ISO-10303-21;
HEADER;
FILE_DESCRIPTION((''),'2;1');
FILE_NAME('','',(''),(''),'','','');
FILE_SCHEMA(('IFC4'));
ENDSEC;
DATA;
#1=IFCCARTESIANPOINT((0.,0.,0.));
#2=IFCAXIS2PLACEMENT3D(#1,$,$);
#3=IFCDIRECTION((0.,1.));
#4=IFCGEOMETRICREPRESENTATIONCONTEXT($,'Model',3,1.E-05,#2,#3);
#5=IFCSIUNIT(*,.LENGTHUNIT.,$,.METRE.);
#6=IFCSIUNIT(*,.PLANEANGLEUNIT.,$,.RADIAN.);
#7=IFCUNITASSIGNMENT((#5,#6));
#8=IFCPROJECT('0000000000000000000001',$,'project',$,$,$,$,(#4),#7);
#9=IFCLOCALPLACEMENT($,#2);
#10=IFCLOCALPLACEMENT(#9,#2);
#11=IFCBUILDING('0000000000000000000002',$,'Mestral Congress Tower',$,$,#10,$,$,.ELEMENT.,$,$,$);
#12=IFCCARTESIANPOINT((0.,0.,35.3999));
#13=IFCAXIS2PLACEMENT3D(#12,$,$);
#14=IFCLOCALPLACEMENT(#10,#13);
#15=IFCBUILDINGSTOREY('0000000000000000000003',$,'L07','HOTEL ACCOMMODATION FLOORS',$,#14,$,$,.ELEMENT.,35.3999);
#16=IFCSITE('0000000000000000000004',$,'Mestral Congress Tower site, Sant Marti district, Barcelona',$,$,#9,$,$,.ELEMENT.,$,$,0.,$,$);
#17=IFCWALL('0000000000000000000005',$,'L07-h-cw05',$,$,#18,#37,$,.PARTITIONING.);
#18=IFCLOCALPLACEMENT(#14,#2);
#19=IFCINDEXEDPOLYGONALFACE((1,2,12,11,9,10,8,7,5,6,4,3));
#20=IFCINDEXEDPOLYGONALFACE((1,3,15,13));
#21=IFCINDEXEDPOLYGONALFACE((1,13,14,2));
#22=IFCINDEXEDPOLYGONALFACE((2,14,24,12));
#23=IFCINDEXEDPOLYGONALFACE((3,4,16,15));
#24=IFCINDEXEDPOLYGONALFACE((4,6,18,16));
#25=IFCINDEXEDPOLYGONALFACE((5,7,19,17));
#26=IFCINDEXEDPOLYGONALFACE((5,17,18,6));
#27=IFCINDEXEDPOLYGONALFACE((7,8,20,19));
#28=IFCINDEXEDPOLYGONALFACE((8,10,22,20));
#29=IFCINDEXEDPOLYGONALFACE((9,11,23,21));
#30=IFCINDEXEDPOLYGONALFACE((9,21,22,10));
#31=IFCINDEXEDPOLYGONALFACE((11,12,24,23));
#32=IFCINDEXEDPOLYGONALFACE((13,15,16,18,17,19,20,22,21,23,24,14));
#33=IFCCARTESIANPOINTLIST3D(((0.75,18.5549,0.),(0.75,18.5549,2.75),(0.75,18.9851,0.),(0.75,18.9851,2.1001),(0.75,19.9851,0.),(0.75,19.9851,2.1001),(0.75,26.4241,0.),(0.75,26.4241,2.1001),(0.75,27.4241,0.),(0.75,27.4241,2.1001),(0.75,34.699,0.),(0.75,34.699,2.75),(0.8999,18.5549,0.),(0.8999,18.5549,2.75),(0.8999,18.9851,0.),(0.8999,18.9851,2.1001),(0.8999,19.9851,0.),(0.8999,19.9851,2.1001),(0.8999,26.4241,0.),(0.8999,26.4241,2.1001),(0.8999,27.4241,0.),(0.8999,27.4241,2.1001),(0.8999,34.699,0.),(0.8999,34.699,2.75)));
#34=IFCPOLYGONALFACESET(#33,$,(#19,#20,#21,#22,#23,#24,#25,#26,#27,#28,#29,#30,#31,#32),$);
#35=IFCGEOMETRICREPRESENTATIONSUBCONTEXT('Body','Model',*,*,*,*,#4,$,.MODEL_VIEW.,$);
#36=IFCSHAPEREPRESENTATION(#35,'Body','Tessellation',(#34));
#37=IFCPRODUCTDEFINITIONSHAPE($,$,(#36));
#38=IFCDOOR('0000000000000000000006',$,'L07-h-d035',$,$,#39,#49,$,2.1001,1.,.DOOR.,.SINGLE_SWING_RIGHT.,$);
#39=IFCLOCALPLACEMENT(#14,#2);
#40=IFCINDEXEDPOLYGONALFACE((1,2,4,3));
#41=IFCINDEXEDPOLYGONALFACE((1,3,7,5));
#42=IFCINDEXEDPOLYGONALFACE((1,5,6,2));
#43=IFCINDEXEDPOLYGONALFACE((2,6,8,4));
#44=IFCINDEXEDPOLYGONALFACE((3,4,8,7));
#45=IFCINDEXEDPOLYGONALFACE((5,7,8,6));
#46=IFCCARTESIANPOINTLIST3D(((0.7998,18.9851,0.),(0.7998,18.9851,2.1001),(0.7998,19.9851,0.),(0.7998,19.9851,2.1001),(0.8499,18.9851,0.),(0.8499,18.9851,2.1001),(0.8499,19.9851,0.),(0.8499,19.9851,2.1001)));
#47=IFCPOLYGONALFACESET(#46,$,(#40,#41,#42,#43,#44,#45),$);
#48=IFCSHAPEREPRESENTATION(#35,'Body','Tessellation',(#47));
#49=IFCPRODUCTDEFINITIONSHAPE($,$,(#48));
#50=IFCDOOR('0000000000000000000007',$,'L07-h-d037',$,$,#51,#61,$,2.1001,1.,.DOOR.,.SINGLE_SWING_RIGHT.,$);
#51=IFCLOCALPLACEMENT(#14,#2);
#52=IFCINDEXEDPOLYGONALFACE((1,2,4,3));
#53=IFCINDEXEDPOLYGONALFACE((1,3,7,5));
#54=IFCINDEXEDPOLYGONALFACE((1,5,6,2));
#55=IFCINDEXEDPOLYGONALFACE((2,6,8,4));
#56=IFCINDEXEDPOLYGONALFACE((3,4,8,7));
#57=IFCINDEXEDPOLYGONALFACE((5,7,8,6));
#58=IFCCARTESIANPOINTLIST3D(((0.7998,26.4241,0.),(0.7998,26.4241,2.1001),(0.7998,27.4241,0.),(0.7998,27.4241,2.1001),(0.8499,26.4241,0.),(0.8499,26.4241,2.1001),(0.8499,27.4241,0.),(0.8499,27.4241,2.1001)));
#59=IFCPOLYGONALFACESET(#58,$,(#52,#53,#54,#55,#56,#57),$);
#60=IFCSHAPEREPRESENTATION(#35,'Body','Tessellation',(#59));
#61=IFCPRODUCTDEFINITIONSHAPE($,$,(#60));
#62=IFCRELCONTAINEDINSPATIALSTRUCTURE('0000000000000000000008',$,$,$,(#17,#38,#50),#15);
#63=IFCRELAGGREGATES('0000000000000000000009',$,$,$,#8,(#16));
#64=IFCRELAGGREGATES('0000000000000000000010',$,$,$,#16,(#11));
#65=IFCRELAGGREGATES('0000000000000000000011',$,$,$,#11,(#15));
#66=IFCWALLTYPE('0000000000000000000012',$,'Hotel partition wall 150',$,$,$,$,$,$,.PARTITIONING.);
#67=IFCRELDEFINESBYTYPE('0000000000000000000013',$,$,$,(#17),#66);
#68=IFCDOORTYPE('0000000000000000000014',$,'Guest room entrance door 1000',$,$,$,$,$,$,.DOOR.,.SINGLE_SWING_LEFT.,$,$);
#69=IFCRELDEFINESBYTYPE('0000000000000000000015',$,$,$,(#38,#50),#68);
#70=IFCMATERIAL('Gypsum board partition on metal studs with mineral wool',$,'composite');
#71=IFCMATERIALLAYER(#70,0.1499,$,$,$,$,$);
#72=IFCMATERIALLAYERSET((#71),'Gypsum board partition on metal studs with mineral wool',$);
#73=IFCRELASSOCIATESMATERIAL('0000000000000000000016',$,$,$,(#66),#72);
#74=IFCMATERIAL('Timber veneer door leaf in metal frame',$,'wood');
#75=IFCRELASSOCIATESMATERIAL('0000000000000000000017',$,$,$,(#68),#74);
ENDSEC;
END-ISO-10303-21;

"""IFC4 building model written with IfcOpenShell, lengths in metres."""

from ifc_helpers import new_model, si_unit, direction, frame, frame_2d, origin, place, context, subcontext, project, spatial, rectangle, extrude, material, layer, layer_set, type_object, element, fill, save


model = new_model("IFC4")

# Units and contexts
model_context = context("Model", 3, precision=1e-05, world=origin(), true_north=direction((0.0, 1.0)))
body_context = subcontext(model_context, "Body", "Model", "MODEL_VIEW")
ifc_project = project(units=[si_unit("LENGTHUNIT", "METRE"), si_unit("PLANEANGLEUNIT", "RADIAN")], contexts=[model_context])

# Site, building, storey
site_placement = place(None, origin())
site = spatial("IfcSite", under=ifc_project, at=site_placement, Name="Mestral Congress Tower site, Sant Marti district, Barcelona", CompositionType="ELEMENT", RefElevation=0.0)
building_placement = place(site_placement, origin())
building = spatial("IfcBuilding", under=site, at=building_placement, Name="Mestral Congress Tower", CompositionType="ELEMENT")
storey_placement = place(building_placement, frame((0.0, 0.0, 35.3999)))
storey = spatial("IfcBuildingStorey", under=building, at=storey_placement, Name="L07", Description="HOTEL ACCOMMODATION FLOORS", CompositionType="ELEMENT", Elevation=35.3999)

# Shared definitions
ifc_material_1 = material(Name="Gypsum board partition on metal studs with mineral wool", Category="composite")

# Wall, openings, doors
ifc_layer_1 = layer(ifc_material_1, 0.1499)
ifc_layer_set_1 = layer_set([ifc_layer_1], Name="Gypsum board partition on metal studs with mineral wool")
wall_type_1 = type_object("IfcWallType", Name="Hotel partition wall 150", PredefinedType="PARTITIONING", material=ifc_layer_set_1)
wall_1_placement = place(storey_placement, frame((0.825, 34.699, 0.0), z_axis=(0.0, 0.0, 1.0), x_axis=(0.0, -1.0, 0.0)))
wall_1 = element("IfcWall", 1, at=wall_1_placement, inside=storey, type_object=wall_type_1, Name="L07-h-cw05", PredefinedType="PARTITIONING", context=body_context, shape_type="SweptSolid", body=[
    extrude(rectangle(XDim=16.144, YDim=0.1499, at=frame_2d((8.072, 0.0))), origin(), (0.0, 0.0, 1.0), 2.75),
])
opening_1_placement = place(wall_1_placement, frame((14.7139, 0.0, 0.0)))
opening_1 = element("IfcOpeningElement", 2, at=opening_1_placement, cuts=wall_1, PredefinedType="OPENING", context=body_context, shape_type="SweptSolid", body=[
    extrude(rectangle(XDim=1.0, YDim=2.1001, at=frame_2d((0.5, 1.05))), frame((0.0, 0.085, 0.0), z_axis=(0.0, -1.0, 0.0), x_axis=(1.0, 0.0, 0.0)), (0.0, 0.0, 1.0), 0.1699),
])
opening_2_placement = place(wall_1_placement, frame((7.2749, 0.0, 0.0)))
opening_2 = element("IfcOpeningElement", 3, at=opening_2_placement, cuts=wall_1, PredefinedType="OPENING", context=body_context, shape_type="SweptSolid", body=[
    extrude(rectangle(XDim=1.0, YDim=2.1001, at=frame_2d((0.5, 1.05))), frame((0.0, 0.085, 0.0), z_axis=(0.0, -1.0, 0.0), x_axis=(1.0, 0.0, 0.0)), (0.0, 0.0, 1.0), 0.1699),
])
ifc_material_2 = material(Name="Timber veneer door leaf in metal frame", Category="wood")
door_type_1 = type_object("IfcDoorType", Name="Guest room entrance door 1000", OperationType="SINGLE_SWING_LEFT", PredefinedType="DOOR", material=ifc_material_2)
door_1_placement = place(opening_1_placement, origin())
door_1 = element("IfcDoor", 4, at=door_1_placement, inside=storey, type_object=door_type_1, Name="L07-h-d035", OperationType="SINGLE_SWING_RIGHT", OverallHeight=2.1001, OverallWidth=1.0, PredefinedType="DOOR", context=body_context, shape_type="SweptSolid", body=[
    extrude(rectangle(XDim=1.0, YDim=2.1001, at=frame_2d((0.5, 1.05))), frame((0.0, 0.0249, 0.0), z_axis=(0.0, -1.0, 0.0), x_axis=(1.0, 0.0, 0.0)), (0.0, 0.0, 1.0), 0.05),
])
fill(opening_1, door_1)
door_2_placement = place(opening_2_placement, origin())
door_2 = element("IfcDoor", 5, at=door_2_placement, inside=storey, type_object=door_type_1, Name="L07-h-d037", OperationType="SINGLE_SWING_RIGHT", OverallHeight=2.1001, OverallWidth=1.0, PredefinedType="DOOR", context=body_context, shape_type="SweptSolid", body=[
    extrude(rectangle(XDim=1.0, YDim=2.1001, at=frame_2d((0.5, 1.05))), frame((0.0, 0.0249, 0.0), z_axis=(0.0, -1.0, 0.0), x_axis=(1.0, 0.0, 0.0)), (0.0, 0.0, 1.0), 0.05),
])
fill(opening_2, door_2)

save(model, "model.ifc")
